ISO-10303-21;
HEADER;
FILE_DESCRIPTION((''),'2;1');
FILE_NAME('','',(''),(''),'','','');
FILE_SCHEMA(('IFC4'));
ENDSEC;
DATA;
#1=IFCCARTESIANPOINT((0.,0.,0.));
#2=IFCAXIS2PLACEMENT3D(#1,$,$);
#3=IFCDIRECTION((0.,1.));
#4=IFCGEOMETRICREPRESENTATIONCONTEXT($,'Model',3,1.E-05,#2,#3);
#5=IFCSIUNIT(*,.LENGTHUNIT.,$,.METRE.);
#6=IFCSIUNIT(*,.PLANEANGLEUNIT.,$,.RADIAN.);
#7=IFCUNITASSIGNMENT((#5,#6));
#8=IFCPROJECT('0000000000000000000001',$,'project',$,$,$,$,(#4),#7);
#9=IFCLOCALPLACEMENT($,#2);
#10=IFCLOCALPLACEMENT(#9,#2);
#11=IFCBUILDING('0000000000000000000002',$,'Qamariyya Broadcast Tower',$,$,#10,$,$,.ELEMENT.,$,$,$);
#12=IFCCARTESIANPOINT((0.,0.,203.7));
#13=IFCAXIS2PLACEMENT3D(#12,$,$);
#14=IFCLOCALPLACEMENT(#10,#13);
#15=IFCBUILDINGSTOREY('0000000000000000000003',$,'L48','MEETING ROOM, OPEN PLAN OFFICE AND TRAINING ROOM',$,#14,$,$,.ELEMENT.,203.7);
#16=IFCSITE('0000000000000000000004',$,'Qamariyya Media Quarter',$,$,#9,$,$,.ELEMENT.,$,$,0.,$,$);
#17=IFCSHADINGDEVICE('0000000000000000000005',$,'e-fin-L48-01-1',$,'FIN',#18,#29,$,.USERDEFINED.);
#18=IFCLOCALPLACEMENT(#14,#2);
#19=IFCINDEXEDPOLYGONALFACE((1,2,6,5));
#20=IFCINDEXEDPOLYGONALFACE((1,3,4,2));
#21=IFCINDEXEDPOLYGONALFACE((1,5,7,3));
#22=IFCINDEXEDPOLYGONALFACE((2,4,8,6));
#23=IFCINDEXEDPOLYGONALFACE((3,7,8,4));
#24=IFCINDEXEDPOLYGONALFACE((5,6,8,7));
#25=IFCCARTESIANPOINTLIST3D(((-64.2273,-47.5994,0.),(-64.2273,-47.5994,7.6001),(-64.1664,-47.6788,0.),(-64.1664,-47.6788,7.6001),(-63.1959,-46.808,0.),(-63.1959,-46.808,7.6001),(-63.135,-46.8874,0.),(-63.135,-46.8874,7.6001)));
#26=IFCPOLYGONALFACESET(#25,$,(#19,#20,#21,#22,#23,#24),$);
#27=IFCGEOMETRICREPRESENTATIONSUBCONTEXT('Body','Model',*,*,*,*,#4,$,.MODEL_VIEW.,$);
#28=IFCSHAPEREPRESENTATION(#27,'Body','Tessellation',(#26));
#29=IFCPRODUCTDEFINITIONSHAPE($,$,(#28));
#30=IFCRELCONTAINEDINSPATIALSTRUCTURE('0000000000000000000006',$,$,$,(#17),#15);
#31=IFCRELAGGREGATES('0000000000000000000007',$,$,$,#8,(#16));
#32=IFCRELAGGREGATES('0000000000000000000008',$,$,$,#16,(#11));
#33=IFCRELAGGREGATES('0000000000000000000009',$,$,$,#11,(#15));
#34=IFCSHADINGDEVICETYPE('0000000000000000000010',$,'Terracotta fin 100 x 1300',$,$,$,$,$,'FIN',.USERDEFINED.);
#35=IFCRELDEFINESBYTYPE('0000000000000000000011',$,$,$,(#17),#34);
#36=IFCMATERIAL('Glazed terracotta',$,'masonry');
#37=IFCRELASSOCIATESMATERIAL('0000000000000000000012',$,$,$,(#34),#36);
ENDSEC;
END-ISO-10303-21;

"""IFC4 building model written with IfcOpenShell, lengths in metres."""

from ifc_helpers import new_model, si_unit, direction, frame, origin, origin_2d, place, context, subcontext, project, spatial, rectangle, extrude, material, material_profile, profile_set, type_object, element, save


model = new_model("IFC4")

# Units and contexts
model_context = context("Model", 3, precision=1e-05, world=origin(), true_north=direction((0.0, 1.0)))
body_context = subcontext(model_context, "Body", "Model", "MODEL_VIEW")
ifc_project = project(units=[si_unit("LENGTHUNIT", "METRE"), si_unit("PLANEANGLEUNIT", "RADIAN")], contexts=[model_context])

# Site, building, storey
site_placement = place(None, origin())
site = spatial("IfcSite", under=ifc_project, at=site_placement, Name="Qamariyya Media Quarter", CompositionType="ELEMENT", RefElevation=0.0)
building_placement = place(site_placement, origin())
building = spatial("IfcBuilding", under=site, at=building_placement, Name="Qamariyya Broadcast Tower", CompositionType="ELEMENT")
storey_placement = place(building_placement, frame((0.0, 0.0, 203.7)))
storey = spatial("IfcBuildingStorey", under=building, at=storey_placement, Name="L48", Description="MEETING ROOM, OPEN PLAN OFFICE AND TRAINING ROOM", CompositionType="ELEMENT", Elevation=203.7)

# Shading device
ifc_material_1 = material(Name="Glazed terracotta", Category="masonry")
ifc_material_profile_1 = material_profile(ifc_material_1, rectangle(XDim=1.3, YDim=0.1001, at=origin_2d()))
ifc_profile_set_1 = profile_set([ifc_material_profile_1], Name="Glazed terracotta")
shading_device_type_1 = type_object("IfcShadingDeviceType", Name="Terracotta fin 100 x 1300", ElementType="FIN", PredefinedType="USERDEFINED", material=ifc_profile_set_1)
for number, where, z_axis, x_axis, name in (
    (1, (-63.6812, -47.2434, 0.0), (0.0, 0.0, 1.0), (-0.793353, -0.608761, 0.0), "e-fin-L48-01-1"),
):
    element("IfcShadingDevice", number, at=place(storey_placement, frame(where, z_axis=z_axis, x_axis=x_axis)), inside=storey, type_object=shading_device_type_1, Name=name, ObjectType="FIN", PredefinedType="USERDEFINED", context=body_context, shape_type="SweptSolid", body=[
        extrude(rectangle(XDim=1.3, YDim=0.1001, at=origin_2d()), origin(), (0.0, 0.0, 1.0), 7.6001),
    ])

save(model, "model.ifc")
